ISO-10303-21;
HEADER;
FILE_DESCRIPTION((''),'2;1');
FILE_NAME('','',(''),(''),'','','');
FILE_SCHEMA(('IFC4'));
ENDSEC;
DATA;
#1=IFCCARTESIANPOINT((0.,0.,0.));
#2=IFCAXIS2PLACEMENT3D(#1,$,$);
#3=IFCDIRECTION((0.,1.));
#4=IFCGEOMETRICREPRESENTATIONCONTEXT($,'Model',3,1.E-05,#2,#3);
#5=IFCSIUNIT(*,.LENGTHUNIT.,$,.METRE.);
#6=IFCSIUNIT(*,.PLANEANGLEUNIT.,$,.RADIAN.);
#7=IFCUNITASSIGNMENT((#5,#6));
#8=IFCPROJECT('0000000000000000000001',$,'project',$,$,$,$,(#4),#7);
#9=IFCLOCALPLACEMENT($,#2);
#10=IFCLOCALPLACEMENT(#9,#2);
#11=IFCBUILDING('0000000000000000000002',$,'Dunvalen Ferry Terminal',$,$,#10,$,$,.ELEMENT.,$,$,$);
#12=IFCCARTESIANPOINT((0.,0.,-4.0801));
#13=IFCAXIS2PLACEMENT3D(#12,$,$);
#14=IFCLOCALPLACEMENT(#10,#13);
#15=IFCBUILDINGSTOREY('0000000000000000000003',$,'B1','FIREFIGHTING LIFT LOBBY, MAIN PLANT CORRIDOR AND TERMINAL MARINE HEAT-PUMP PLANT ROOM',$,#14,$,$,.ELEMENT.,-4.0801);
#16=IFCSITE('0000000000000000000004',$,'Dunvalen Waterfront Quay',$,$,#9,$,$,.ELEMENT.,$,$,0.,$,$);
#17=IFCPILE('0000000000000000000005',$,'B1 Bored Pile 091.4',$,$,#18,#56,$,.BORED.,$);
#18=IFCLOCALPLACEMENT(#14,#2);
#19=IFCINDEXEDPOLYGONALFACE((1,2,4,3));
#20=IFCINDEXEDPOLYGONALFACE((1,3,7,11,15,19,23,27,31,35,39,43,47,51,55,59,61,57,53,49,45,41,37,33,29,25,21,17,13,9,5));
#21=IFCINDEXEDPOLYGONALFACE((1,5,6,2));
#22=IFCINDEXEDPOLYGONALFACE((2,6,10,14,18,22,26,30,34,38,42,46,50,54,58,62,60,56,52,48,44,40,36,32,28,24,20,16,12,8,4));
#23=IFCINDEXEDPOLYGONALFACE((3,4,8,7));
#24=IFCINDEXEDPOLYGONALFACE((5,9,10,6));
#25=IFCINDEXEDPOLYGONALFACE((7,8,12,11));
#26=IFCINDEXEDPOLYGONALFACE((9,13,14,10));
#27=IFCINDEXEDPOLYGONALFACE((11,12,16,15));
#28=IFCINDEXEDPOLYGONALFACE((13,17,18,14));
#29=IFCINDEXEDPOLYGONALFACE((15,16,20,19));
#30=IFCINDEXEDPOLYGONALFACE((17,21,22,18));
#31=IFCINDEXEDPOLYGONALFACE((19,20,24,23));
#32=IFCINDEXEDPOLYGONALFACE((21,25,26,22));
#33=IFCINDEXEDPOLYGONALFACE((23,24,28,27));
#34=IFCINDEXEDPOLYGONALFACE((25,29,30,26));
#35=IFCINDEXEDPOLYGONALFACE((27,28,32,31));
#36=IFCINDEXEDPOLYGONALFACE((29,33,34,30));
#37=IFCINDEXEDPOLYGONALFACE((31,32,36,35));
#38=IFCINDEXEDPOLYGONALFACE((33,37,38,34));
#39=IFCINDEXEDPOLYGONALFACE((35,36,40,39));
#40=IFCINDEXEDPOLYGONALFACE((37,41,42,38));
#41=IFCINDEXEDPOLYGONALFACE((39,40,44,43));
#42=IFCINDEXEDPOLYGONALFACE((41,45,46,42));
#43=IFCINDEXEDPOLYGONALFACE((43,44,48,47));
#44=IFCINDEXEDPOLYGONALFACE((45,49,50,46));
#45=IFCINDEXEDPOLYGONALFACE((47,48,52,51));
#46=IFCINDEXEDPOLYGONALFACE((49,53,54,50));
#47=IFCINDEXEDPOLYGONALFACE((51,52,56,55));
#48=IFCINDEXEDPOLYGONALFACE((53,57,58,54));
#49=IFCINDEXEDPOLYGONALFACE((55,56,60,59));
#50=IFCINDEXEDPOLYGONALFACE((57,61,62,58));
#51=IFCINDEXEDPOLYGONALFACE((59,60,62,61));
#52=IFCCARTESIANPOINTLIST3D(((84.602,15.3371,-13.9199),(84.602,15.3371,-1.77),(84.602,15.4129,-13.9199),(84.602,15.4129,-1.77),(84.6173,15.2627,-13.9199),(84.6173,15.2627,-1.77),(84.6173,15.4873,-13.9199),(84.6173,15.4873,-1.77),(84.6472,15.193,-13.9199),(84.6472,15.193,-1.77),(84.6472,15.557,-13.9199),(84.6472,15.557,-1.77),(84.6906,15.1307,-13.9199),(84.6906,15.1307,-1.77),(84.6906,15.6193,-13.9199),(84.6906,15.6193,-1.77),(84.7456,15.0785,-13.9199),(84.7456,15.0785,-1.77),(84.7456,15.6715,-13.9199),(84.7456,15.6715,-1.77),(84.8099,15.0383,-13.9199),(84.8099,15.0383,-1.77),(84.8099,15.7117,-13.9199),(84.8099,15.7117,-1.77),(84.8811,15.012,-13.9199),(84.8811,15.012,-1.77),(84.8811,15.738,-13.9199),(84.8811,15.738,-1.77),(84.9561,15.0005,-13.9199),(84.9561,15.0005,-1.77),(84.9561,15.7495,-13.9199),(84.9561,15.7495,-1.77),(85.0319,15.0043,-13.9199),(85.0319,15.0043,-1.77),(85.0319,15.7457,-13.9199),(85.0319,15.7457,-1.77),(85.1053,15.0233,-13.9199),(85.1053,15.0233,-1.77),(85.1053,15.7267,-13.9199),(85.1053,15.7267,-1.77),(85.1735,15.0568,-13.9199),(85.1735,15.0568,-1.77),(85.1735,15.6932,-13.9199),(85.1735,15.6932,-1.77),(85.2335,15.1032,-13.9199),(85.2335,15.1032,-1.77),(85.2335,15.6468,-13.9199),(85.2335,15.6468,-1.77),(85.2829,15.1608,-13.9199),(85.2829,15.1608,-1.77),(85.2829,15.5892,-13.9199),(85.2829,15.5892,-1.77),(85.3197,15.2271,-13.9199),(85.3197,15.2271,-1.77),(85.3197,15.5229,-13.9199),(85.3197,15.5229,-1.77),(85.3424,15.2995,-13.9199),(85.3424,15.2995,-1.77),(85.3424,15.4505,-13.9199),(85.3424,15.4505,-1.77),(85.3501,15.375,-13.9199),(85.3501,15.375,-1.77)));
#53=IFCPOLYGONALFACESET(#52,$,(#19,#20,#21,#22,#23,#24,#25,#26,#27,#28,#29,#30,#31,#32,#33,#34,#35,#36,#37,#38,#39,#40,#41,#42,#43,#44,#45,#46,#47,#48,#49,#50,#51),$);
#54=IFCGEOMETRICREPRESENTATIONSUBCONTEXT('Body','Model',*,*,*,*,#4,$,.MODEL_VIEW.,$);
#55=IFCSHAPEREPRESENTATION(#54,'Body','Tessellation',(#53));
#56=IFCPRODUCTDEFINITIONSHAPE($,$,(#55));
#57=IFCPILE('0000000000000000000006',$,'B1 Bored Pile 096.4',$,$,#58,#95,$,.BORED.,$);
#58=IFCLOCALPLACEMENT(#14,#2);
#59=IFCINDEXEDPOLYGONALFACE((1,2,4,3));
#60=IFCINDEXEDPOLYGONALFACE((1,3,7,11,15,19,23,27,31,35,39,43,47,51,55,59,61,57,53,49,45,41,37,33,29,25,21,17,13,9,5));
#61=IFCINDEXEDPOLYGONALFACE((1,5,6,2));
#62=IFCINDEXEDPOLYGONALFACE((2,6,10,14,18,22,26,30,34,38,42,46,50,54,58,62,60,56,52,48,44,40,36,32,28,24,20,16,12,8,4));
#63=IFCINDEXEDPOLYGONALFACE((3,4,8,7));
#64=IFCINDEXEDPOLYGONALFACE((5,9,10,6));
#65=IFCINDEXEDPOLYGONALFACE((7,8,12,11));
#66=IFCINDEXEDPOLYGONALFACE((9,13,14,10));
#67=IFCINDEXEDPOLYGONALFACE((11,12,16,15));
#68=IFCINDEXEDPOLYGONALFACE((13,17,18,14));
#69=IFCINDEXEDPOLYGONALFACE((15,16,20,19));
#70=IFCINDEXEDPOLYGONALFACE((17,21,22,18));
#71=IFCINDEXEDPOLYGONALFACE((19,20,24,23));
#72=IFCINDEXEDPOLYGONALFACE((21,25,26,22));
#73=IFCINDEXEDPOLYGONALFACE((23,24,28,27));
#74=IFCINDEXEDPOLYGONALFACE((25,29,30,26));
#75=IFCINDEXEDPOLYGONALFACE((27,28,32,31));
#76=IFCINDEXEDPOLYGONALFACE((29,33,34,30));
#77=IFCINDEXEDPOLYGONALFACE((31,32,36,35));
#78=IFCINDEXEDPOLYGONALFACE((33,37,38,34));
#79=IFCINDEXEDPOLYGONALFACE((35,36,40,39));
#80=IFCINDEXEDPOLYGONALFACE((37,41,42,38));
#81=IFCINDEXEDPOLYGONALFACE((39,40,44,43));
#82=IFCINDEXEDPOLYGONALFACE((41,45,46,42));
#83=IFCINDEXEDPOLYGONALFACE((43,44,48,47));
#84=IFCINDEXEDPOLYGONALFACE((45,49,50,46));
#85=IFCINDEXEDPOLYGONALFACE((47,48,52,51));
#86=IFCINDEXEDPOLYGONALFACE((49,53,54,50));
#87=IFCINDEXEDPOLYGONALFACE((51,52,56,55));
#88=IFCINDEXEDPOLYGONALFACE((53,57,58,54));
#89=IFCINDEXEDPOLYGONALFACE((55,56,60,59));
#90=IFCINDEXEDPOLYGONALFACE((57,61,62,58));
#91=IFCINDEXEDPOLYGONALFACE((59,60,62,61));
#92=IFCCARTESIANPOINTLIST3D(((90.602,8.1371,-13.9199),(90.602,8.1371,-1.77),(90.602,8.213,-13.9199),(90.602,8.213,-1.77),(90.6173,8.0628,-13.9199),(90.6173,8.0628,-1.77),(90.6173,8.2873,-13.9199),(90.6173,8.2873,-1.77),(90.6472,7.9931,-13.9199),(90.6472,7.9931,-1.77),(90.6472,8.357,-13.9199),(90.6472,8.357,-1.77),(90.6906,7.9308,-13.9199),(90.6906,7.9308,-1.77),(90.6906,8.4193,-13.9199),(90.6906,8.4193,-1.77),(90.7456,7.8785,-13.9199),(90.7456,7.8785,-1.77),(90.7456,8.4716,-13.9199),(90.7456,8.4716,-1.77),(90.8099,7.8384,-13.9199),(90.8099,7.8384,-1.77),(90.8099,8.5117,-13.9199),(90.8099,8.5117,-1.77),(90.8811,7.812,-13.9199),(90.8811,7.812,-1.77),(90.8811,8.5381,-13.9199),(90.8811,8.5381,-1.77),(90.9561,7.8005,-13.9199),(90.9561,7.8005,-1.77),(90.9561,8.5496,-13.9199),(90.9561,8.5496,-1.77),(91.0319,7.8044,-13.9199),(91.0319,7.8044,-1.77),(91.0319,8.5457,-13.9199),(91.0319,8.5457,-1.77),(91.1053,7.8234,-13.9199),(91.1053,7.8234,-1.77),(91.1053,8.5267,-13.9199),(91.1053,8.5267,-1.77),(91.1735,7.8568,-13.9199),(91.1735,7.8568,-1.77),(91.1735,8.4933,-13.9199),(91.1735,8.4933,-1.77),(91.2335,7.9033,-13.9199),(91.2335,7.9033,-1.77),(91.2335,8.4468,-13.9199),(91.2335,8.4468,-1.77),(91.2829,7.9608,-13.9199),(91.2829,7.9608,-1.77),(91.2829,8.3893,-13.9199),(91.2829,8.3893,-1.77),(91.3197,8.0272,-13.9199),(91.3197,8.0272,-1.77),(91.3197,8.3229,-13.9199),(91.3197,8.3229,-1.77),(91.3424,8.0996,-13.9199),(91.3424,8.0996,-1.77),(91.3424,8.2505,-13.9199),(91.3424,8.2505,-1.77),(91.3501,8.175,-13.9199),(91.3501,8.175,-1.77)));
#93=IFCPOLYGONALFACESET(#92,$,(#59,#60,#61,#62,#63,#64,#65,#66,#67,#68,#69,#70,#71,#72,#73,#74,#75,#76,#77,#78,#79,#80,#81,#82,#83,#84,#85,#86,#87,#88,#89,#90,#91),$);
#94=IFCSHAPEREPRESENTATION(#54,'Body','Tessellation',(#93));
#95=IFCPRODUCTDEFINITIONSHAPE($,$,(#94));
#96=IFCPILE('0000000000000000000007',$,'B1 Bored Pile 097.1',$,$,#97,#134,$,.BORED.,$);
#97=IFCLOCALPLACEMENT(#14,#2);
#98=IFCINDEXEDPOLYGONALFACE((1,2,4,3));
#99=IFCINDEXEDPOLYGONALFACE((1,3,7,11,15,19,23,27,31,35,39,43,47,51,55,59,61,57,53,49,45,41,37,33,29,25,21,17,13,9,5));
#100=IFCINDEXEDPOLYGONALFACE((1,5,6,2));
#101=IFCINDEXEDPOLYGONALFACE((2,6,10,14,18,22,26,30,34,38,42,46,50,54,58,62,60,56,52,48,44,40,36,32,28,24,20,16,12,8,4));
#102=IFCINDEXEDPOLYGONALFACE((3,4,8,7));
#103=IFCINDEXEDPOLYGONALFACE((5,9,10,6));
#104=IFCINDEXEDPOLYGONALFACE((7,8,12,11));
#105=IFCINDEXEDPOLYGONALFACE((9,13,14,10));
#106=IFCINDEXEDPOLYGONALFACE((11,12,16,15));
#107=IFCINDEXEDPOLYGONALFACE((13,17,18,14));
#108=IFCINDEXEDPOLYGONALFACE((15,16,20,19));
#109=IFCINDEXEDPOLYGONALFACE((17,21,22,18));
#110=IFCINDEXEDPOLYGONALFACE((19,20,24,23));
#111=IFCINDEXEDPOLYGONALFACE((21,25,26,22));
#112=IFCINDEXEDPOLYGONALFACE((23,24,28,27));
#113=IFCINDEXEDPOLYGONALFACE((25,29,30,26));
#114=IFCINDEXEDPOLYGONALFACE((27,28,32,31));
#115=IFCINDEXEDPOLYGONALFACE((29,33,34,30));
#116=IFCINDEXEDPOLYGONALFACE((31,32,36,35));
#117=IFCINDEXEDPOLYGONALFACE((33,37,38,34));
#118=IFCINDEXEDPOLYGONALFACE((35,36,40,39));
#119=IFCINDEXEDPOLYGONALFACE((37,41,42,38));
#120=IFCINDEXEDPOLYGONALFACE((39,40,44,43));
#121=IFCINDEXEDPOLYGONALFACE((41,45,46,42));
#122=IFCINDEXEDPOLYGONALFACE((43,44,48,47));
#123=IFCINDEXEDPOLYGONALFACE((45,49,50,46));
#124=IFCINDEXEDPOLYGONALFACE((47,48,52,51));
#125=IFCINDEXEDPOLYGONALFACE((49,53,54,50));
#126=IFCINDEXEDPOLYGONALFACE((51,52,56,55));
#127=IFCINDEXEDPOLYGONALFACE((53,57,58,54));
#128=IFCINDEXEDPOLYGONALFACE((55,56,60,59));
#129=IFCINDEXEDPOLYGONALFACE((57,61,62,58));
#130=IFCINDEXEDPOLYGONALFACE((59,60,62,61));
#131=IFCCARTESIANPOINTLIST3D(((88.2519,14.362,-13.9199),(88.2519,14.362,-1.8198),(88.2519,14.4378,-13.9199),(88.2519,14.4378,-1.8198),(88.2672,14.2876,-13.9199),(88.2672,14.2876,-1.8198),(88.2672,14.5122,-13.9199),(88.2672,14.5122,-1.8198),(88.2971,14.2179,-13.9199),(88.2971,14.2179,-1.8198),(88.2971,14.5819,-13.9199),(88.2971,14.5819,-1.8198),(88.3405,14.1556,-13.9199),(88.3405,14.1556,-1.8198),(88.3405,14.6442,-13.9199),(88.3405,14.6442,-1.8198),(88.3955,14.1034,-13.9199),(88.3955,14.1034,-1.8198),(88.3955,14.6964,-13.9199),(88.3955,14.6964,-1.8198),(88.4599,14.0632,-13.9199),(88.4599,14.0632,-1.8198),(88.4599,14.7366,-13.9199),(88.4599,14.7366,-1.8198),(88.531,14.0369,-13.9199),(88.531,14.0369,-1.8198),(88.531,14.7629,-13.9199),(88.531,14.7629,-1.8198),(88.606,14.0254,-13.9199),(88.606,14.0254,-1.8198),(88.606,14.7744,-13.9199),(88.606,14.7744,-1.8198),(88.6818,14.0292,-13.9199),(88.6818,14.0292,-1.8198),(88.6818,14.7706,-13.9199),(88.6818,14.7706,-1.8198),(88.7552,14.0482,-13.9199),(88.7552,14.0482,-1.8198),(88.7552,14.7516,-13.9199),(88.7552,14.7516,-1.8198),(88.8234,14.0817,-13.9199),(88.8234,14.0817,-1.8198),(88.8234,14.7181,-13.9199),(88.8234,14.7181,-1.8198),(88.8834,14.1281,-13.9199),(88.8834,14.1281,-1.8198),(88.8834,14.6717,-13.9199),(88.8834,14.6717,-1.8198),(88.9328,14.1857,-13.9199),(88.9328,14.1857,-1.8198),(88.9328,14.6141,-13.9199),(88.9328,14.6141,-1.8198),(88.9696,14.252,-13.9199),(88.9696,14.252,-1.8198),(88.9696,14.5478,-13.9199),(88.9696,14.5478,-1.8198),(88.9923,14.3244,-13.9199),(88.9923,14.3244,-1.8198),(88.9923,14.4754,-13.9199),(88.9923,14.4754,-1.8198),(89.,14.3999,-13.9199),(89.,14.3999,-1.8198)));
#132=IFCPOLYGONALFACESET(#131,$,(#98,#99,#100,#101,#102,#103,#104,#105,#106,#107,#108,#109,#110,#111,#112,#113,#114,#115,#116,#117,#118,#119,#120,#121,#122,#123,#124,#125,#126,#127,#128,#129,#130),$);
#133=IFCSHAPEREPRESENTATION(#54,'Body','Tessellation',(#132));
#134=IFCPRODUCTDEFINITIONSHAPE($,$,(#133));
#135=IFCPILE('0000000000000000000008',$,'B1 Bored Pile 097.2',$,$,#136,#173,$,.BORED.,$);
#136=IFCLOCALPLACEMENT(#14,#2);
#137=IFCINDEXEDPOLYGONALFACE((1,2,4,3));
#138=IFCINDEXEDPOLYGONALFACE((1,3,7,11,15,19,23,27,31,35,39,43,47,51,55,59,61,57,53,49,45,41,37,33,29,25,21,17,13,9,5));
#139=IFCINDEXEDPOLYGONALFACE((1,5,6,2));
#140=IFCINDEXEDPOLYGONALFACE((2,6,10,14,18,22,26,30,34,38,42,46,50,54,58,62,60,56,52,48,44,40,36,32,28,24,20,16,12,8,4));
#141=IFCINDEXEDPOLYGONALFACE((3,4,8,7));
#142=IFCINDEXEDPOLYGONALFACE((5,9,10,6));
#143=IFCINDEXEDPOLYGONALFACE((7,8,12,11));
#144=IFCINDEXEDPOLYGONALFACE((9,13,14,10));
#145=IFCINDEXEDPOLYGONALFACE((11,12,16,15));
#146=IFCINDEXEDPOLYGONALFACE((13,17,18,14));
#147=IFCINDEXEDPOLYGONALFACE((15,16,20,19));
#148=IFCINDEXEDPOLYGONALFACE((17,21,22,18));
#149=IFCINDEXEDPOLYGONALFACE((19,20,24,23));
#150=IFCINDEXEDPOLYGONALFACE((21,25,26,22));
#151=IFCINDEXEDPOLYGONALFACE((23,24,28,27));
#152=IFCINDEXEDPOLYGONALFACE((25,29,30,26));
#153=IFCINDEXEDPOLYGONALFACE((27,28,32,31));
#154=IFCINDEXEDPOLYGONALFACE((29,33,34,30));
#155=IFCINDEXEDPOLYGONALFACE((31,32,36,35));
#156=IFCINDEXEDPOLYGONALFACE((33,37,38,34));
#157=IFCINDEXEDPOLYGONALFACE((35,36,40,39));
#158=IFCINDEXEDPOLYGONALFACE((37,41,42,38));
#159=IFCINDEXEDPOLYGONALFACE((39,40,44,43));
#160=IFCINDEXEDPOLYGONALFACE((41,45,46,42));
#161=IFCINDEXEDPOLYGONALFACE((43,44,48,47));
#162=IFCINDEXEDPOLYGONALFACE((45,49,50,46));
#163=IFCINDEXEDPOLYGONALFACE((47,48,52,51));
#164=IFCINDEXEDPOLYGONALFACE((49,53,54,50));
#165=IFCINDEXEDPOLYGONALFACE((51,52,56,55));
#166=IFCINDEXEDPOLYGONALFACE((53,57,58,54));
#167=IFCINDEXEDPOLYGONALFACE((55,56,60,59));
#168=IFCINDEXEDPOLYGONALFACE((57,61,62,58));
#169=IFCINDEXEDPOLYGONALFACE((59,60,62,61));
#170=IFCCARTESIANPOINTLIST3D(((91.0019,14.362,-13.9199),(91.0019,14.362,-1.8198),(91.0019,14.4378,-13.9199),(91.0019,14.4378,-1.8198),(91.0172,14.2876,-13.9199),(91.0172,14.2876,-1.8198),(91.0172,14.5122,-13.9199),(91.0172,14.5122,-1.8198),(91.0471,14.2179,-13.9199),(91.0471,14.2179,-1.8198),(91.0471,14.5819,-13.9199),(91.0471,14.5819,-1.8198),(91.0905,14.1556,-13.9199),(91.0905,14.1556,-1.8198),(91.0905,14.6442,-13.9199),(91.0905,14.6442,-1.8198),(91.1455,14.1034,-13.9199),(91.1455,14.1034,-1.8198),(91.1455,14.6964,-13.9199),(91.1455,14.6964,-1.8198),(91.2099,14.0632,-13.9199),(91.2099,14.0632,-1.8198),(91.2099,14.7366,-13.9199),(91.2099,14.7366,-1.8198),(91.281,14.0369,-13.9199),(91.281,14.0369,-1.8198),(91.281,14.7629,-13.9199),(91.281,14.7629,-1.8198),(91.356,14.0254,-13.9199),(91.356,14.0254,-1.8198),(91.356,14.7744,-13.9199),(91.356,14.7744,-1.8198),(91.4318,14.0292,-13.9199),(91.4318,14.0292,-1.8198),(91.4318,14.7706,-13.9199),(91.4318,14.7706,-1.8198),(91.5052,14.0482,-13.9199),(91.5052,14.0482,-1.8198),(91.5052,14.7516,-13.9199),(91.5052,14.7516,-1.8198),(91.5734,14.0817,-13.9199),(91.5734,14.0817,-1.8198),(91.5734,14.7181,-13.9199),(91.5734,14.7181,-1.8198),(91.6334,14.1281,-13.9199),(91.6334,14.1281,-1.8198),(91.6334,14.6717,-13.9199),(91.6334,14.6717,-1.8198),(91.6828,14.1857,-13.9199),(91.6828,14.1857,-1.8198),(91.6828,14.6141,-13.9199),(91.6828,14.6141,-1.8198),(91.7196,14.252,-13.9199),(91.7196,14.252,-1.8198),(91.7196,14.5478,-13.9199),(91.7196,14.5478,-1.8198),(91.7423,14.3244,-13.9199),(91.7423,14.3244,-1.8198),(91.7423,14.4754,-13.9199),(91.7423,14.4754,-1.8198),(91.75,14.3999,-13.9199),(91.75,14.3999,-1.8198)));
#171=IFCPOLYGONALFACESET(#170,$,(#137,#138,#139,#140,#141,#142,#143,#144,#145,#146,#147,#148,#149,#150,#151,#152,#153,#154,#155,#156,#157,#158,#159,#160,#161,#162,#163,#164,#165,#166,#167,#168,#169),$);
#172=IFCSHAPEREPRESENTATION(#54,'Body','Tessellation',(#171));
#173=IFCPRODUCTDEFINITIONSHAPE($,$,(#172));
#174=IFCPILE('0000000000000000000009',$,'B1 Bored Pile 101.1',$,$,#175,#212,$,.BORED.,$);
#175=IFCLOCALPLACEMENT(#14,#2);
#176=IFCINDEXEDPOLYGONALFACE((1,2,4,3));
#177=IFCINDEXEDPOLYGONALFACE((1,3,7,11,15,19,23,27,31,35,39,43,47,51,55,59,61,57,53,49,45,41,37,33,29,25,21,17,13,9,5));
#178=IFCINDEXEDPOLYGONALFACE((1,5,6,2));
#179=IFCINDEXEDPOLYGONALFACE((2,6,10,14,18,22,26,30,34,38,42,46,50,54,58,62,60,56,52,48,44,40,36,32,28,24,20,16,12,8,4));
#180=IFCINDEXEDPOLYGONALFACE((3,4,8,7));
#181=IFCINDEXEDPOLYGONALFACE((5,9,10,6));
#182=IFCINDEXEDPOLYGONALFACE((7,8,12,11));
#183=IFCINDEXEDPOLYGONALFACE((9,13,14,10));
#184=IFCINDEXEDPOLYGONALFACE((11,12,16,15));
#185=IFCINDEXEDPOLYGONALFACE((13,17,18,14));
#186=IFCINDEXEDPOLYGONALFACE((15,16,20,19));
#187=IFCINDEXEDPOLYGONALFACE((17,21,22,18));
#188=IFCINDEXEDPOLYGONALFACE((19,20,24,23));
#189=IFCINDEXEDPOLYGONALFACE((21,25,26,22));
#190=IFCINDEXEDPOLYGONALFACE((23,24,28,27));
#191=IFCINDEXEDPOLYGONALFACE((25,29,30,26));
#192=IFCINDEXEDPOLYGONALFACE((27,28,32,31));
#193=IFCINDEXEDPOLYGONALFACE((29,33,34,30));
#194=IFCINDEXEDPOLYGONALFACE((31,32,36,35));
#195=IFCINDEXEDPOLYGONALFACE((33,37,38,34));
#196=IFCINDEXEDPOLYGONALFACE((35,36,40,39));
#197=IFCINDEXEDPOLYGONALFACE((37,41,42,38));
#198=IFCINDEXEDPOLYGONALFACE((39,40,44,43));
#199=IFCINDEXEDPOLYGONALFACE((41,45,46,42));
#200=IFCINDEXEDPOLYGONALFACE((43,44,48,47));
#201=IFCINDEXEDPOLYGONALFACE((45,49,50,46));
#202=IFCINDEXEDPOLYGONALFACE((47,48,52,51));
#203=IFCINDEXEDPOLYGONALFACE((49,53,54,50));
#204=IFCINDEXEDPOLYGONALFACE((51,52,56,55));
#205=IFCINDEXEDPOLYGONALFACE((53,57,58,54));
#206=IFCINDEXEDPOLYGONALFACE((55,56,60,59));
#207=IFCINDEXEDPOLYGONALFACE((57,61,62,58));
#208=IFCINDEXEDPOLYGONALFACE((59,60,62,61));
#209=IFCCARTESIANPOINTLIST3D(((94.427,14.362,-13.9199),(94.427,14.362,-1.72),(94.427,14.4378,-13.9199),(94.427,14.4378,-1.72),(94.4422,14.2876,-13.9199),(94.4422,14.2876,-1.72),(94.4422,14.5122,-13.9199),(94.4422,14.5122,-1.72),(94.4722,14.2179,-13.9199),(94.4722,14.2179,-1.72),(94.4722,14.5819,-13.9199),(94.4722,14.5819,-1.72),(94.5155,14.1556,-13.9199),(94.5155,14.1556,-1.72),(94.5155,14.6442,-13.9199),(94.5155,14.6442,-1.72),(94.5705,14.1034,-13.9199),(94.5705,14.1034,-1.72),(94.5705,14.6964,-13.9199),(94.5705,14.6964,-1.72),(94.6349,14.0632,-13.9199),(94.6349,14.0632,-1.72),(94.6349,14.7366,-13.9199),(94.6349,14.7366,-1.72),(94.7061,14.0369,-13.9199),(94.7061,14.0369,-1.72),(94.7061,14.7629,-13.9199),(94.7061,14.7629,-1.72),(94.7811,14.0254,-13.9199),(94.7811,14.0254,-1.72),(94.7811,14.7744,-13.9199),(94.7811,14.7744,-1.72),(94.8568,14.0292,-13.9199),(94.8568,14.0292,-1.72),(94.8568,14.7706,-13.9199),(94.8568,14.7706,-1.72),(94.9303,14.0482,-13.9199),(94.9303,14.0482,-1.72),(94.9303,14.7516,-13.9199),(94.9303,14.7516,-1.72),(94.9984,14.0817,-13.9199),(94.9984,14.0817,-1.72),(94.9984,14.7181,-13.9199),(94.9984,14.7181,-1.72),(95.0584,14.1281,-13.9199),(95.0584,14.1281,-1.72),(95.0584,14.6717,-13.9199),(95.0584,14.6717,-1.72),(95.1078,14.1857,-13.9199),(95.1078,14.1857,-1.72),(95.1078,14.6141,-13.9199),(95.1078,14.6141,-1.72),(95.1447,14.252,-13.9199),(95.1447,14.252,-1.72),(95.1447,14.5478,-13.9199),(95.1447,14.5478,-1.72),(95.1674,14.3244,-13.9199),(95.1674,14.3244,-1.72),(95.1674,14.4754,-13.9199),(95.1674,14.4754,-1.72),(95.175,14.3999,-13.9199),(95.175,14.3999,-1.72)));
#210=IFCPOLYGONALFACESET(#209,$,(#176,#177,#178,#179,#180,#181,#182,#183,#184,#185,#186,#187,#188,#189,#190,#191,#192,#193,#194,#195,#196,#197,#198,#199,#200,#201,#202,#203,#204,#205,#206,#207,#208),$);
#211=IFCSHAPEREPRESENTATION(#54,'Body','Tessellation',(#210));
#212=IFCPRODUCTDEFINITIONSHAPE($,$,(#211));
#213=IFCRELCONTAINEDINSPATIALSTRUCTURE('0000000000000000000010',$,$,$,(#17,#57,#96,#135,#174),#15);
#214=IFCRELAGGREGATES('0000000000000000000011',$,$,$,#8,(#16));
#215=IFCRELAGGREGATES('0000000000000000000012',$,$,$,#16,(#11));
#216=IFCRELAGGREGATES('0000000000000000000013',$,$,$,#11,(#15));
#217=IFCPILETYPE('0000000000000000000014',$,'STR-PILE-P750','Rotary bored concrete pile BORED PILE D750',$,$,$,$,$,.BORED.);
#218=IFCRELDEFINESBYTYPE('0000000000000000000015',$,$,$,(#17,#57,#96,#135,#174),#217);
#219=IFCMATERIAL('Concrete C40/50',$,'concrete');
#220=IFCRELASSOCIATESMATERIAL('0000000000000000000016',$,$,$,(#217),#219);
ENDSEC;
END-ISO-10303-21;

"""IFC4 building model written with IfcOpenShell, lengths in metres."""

from ifc_helpers import new_model, si_unit, direction, frame, origin, origin_2d, place, context, subcontext, project, spatial, circle, extrude, material, material_profile, profile_set, type_object, element, save


model = new_model("IFC4")

# Units and contexts
model_context = context("Model", 3, precision=1e-05, world=origin(), true_north=direction((0.0, 1.0)))
body_context = subcontext(model_context, "Body", "Model", "MODEL_VIEW")
ifc_project = project(units=[si_unit("LENGTHUNIT", "METRE"), si_unit("PLANEANGLEUNIT", "RADIAN")], contexts=[model_context])

# Site, building, storey
site_placement = place(None, origin())
site = spatial("IfcSite", under=ifc_project, at=site_placement, Name="Dunvalen Waterfront Quay", CompositionType="ELEMENT", RefElevation=0.0)
building_placement = place(site_placement, origin())
building = spatial("IfcBuilding", under=site, at=building_placement, Name="Dunvalen Ferry Terminal", CompositionType="ELEMENT")
storey_placement = place(building_placement, frame((0.0, 0.0, -4.0801)))
storey = spatial("IfcBuildingStorey", under=building, at=storey_placement, Name="B1", Description="FIREFIGHTING LIFT LOBBY, MAIN PLANT CORRIDOR AND TERMINAL MARINE HEAT-PUMP PLANT ROOM", CompositionType="ELEMENT", Elevation=-4.0801)

# Shared definitions
ifc_material_1 = material(Name="Concrete C40/50", Category="concrete")

# Piles
ifc_material_profile_1 = material_profile(ifc_material_1, circle(Radius=0.375, at=origin_2d()), Name="Concrete C40/50")
ifc_profile_set_1 = profile_set([ifc_material_profile_1], Name="Concrete C40/50")
pile_type = type_object("IfcPileType", Name="STR-PILE-P750", Description="Rotary bored concrete pile BORED PILE D750", PredefinedType="BORED", material=ifc_profile_set_1)
for number, where, z_axis, x_axis, name in (
    (1, (84.9751, 15.375, -1.77), (0.0, 0.0, -1.0), (1.0, 0.0, 0.0), "B1 Bored Pile 091.4"),
    (2, (90.9751, 8.175, -1.77), (0.0, 0.0, -1.0), (1.0, 0.0, 0.0), "B1 Bored Pile 096.4"),
):
    element("IfcPile", number, at=place(storey_placement, frame(where, z_axis=z_axis, x_axis=x_axis)), inside=storey, type_object=pile_type, Name=name, PredefinedType="BORED", context=body_context, shape_type="SweptSolid", body=[
        extrude(circle(Radius=0.375, at=origin_2d()), origin(), (0.0, 0.0, 1.0), 12.1499),
    ])
for number, where, z_axis, x_axis, name in (
    (3, (88.625, 14.3999, -1.8198), (0.0, 0.0, -1.0), (1.0, 0.0, 0.0), "B1 Bored Pile 097.1"),
    (4, (91.375, 14.3999, -1.8198), (0.0, 0.0, -1.0), (1.0, 0.0, 0.0), "B1 Bored Pile 097.2"),
):
    element("IfcPile", number, at=place(storey_placement, frame(where, z_axis=z_axis, x_axis=x_axis)), inside=storey, type_object=pile_type, Name=name, PredefinedType="BORED", context=body_context, shape_type="SweptSolid", body=[
        extrude(circle(Radius=0.375, at=origin_2d()), origin(), (0.0, 0.0, 1.0), 12.1001),
    ])
pile_placement = place(storey_placement, frame((94.8, 14.3999, -1.72), z_axis=(0.0, 0.0, -1.0), x_axis=(1.0, 0.0, 0.0)))
element("IfcPile", 5, at=pile_placement, inside=storey, type_object=pile_type, Name="B1 Bored Pile 101.1", PredefinedType="BORED", context=body_context, shape_type="SweptSolid", body=[
    extrude(circle(Radius=0.375, at=origin_2d()), origin(), (0.0, 0.0, 1.0), 12.2),
])

save(model, "model.ifc")
